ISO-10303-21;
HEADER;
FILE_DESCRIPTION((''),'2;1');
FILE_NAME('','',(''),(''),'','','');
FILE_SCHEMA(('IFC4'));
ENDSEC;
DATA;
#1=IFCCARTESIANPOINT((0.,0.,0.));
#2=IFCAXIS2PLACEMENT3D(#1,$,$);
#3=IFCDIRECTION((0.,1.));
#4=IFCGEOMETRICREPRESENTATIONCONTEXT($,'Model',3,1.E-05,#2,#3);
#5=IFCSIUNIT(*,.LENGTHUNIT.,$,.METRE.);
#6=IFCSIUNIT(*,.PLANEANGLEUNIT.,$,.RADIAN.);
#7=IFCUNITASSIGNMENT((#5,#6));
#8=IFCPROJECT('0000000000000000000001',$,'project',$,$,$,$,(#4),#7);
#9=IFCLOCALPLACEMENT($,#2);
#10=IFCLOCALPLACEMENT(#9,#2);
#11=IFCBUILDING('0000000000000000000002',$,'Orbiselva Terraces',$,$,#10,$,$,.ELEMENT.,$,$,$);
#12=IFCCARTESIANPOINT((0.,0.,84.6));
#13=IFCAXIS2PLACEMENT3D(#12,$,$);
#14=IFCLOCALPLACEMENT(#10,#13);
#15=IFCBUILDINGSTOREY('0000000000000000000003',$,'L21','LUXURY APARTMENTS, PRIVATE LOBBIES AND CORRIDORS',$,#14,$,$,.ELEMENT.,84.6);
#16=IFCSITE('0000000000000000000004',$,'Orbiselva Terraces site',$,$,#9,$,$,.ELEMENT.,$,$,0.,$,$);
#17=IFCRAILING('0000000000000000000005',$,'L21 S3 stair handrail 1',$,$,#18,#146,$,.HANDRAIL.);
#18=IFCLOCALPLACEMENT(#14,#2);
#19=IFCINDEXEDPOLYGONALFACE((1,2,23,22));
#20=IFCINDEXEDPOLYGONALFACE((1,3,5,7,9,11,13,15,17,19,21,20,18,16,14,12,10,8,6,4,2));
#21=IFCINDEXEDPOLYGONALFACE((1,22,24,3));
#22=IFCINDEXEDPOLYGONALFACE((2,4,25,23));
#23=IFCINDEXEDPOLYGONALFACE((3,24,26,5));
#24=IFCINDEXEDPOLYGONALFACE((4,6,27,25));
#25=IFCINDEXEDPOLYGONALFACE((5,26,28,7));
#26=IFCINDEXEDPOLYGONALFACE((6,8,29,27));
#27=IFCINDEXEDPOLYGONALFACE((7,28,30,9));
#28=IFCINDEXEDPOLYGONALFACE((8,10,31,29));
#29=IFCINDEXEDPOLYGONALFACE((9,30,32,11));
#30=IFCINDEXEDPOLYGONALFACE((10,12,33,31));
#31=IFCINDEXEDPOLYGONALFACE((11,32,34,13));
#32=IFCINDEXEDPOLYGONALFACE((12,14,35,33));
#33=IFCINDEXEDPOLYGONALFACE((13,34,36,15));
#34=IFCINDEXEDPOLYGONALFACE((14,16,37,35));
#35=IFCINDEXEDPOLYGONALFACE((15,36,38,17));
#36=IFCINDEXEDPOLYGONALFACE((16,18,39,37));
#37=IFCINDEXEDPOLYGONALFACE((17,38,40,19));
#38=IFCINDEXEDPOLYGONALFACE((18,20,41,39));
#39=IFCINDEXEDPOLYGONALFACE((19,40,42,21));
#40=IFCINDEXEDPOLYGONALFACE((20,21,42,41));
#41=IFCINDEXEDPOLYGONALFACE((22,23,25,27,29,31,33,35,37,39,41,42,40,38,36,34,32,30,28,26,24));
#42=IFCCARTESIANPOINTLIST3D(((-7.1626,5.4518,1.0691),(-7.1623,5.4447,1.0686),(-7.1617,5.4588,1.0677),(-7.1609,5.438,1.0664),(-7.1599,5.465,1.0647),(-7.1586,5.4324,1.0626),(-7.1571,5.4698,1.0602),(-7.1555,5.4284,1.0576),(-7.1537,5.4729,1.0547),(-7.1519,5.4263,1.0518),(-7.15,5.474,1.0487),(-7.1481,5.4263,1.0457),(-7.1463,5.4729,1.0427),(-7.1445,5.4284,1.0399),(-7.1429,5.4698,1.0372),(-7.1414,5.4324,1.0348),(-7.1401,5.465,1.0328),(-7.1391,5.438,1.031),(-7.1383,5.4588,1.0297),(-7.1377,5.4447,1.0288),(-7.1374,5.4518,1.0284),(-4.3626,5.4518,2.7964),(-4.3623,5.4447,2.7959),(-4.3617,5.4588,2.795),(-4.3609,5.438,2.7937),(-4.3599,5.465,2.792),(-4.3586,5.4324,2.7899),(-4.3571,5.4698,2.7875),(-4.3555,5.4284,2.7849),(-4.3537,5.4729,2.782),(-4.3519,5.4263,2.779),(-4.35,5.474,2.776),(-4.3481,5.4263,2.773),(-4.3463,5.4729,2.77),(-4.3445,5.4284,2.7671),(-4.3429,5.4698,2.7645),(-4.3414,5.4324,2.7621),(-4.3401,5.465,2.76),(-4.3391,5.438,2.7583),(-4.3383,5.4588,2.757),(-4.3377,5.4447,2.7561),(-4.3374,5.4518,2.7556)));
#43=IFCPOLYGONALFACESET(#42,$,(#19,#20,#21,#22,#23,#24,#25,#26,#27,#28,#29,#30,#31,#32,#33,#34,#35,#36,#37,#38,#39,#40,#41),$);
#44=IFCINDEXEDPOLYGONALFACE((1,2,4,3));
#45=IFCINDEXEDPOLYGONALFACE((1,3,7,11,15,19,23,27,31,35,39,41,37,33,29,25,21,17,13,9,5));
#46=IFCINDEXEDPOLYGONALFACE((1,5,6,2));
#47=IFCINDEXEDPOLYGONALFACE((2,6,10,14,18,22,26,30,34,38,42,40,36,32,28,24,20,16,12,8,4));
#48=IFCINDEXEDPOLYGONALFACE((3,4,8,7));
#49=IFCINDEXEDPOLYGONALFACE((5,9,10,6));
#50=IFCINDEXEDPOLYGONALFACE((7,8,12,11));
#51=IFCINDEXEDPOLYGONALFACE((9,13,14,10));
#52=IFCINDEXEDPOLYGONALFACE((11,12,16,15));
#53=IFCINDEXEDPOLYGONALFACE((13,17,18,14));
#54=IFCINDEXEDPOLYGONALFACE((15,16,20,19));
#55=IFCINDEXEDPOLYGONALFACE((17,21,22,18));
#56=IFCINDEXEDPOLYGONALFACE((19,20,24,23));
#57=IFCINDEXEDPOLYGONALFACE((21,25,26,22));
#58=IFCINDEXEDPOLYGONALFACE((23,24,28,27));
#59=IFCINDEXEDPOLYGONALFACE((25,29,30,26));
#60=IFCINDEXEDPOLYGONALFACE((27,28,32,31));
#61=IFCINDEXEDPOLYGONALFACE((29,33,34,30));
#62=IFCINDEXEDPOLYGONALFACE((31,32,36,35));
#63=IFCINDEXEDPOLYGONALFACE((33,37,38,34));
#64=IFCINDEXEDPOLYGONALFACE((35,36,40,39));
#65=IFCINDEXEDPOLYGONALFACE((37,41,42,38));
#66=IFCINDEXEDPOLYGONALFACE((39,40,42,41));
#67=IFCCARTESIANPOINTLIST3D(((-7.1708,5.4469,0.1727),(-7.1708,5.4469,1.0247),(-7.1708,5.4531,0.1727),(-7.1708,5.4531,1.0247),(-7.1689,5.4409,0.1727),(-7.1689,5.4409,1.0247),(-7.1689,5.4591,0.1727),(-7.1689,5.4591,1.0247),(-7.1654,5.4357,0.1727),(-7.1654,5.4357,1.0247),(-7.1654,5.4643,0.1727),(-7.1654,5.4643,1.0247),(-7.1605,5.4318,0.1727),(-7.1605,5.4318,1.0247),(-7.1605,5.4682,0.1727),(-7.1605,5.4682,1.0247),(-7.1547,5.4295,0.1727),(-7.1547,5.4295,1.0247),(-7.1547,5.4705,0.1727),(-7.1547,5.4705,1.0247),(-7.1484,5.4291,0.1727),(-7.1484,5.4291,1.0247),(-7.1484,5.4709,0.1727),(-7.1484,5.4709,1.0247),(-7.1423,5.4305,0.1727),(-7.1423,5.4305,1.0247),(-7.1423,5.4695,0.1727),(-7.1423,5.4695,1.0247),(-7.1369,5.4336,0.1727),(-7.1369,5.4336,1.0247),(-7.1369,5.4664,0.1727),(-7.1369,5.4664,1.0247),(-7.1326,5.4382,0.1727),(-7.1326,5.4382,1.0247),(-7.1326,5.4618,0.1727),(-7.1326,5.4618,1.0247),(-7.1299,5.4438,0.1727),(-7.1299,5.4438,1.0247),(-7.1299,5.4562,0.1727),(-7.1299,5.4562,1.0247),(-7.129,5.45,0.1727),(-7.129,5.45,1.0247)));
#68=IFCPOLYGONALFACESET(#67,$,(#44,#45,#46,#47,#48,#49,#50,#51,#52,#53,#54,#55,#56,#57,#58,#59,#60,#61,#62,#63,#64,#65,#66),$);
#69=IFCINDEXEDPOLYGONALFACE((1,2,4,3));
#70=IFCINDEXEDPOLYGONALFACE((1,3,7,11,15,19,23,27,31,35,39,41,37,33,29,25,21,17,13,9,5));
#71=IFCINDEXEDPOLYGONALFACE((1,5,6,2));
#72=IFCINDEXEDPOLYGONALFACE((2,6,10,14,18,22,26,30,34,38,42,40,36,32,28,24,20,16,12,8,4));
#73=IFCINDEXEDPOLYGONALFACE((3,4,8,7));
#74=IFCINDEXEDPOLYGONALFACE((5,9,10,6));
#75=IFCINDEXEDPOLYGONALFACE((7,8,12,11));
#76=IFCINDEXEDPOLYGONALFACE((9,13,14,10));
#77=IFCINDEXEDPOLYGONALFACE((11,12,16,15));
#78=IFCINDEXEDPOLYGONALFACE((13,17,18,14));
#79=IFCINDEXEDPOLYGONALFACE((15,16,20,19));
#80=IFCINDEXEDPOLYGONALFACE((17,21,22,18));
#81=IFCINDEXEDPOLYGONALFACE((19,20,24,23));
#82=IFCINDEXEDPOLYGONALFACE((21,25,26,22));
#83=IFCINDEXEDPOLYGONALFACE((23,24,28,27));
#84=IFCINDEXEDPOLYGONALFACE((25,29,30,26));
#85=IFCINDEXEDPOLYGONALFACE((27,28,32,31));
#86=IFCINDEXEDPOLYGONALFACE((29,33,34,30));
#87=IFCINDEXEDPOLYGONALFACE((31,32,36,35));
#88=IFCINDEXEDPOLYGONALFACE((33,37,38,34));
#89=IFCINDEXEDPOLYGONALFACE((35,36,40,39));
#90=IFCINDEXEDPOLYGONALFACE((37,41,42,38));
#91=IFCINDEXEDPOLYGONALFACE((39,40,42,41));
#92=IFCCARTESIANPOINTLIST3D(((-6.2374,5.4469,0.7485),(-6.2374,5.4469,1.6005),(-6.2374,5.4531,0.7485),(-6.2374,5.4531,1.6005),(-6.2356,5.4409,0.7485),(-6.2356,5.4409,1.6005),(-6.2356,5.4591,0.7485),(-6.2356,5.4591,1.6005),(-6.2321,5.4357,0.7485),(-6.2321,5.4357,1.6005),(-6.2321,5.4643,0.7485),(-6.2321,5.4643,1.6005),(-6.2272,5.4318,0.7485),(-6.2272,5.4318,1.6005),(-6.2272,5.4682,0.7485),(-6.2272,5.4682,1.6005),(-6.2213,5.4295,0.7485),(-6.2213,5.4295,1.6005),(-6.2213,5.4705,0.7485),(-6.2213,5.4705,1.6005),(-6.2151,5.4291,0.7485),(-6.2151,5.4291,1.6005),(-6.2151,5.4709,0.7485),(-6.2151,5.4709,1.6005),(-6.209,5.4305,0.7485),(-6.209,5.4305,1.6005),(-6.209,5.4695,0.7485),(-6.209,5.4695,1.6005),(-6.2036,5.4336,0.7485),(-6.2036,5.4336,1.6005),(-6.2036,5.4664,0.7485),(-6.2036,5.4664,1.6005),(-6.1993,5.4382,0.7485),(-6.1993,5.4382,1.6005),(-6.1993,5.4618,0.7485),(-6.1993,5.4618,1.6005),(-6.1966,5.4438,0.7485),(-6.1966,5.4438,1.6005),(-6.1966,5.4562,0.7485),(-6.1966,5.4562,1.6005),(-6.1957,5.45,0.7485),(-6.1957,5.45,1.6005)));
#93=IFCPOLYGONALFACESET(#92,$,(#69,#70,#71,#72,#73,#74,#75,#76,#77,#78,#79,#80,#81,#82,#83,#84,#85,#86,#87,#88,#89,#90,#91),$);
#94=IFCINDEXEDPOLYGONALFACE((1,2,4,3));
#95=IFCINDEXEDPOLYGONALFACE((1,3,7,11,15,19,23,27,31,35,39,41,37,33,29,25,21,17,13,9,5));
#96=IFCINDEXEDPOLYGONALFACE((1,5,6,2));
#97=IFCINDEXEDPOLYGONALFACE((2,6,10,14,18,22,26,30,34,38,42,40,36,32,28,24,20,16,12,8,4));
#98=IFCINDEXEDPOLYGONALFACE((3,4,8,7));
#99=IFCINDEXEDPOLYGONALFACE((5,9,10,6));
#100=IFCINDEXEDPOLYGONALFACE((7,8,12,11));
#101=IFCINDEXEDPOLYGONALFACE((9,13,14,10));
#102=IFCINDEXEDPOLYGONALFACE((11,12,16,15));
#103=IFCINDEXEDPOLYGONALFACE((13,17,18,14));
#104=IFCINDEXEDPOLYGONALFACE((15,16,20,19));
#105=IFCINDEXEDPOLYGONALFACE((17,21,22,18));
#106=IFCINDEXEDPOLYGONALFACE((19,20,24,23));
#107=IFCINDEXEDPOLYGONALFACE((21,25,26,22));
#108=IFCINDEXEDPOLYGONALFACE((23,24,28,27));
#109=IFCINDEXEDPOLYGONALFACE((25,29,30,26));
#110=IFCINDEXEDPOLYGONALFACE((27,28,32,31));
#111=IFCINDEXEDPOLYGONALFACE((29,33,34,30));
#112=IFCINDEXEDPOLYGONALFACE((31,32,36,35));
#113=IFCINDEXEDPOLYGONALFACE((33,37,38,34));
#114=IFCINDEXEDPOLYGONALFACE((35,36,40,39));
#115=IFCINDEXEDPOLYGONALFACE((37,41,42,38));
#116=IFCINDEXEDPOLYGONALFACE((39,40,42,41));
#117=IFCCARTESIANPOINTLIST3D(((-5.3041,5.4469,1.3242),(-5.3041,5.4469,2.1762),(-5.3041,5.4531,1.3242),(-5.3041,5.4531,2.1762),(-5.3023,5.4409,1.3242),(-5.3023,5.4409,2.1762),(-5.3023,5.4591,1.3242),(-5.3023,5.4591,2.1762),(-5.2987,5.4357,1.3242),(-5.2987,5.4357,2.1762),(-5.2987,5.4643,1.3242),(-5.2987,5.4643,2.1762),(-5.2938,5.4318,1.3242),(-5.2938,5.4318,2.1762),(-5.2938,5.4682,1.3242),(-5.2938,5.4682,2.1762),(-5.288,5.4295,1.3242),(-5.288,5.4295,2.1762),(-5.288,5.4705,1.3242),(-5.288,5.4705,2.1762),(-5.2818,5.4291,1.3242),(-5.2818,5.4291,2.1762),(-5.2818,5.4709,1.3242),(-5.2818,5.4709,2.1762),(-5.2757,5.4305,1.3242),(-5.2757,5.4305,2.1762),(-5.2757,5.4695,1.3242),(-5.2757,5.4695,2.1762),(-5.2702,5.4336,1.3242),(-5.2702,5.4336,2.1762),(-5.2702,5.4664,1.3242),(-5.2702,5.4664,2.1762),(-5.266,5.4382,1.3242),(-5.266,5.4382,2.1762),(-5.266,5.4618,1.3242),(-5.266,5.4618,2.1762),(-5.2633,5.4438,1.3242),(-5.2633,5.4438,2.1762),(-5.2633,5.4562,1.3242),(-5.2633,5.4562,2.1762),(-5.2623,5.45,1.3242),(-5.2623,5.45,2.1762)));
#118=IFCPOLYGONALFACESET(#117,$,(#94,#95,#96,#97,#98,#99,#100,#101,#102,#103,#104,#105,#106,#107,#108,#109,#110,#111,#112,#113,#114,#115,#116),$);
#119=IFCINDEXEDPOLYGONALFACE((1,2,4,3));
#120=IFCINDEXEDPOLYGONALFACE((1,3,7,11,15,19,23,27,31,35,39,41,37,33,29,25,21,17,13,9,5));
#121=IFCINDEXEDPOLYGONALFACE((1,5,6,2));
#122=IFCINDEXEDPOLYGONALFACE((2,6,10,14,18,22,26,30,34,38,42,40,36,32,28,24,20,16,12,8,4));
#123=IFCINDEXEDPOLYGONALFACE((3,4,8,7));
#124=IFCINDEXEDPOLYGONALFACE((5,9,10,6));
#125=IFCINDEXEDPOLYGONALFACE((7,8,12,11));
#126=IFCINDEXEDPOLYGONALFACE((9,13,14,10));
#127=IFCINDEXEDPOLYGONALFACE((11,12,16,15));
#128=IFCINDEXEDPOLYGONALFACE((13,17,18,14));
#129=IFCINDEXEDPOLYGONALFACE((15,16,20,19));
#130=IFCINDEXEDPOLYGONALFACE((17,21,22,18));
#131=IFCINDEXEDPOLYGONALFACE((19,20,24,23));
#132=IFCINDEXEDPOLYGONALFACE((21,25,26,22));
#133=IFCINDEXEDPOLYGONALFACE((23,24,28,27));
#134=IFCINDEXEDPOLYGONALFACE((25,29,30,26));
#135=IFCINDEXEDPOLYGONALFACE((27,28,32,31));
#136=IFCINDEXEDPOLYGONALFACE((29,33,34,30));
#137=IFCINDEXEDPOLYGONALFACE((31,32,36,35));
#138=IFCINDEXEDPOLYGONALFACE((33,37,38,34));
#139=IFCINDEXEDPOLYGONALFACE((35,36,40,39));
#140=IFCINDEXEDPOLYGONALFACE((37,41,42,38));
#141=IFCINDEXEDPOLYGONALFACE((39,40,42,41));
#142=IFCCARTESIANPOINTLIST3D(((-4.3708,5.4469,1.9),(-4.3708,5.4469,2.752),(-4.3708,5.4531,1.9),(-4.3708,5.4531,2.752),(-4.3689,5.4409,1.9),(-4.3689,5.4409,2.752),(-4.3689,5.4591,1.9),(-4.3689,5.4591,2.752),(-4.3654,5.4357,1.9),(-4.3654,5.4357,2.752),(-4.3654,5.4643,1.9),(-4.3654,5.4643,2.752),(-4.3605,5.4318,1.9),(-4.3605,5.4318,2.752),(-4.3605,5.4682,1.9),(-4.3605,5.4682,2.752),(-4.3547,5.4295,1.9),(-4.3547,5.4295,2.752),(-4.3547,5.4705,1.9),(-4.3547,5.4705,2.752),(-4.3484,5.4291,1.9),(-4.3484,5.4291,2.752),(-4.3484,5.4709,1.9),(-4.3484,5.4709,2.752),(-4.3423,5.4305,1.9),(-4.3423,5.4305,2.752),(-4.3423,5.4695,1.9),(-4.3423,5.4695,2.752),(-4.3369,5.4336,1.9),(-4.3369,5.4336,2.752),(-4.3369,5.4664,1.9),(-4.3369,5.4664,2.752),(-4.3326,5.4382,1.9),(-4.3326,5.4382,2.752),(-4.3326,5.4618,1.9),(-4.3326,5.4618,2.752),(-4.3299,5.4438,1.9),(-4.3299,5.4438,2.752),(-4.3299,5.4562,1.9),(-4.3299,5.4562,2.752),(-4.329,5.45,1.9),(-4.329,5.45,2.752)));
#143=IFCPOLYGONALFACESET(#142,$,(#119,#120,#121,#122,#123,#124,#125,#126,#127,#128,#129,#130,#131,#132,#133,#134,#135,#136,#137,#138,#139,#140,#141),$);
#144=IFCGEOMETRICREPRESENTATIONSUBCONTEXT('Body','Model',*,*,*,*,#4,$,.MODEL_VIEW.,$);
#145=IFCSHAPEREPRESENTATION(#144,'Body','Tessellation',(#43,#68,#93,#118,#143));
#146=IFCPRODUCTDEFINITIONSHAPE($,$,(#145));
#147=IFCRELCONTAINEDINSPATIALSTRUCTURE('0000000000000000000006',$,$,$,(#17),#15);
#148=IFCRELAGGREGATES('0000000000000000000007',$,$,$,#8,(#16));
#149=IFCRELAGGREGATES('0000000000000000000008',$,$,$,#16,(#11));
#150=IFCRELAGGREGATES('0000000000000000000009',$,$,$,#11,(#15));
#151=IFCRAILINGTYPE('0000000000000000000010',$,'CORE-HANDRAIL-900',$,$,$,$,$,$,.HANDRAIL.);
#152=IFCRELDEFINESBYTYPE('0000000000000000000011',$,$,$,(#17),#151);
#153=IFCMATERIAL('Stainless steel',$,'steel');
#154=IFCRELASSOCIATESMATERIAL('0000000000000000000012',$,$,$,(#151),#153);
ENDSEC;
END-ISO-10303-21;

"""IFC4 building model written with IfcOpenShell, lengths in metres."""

from ifc_helpers import new_model, si_unit, direction, frame, origin, origin_2d, place, context, subcontext, project, spatial, circle, extrude, material, type_object, element, save


model = new_model("IFC4")

# Units and contexts
model_context = context("Model", 3, precision=1e-05, world=origin(), true_north=direction((0.0, 1.0)))
body_context = subcontext(model_context, "Body", "Model", "MODEL_VIEW")
ifc_project = project(units=[si_unit("LENGTHUNIT", "METRE"), si_unit("PLANEANGLEUNIT", "RADIAN")], contexts=[model_context])

# Site, building, storey
site_placement = place(None, origin())
site = spatial("IfcSite", under=ifc_project, at=site_placement, Name="Orbiselva Terraces site", CompositionType="ELEMENT", RefElevation=0.0)
building_placement = place(site_placement, origin())
building = spatial("IfcBuilding", under=site, at=building_placement, Name="Orbiselva Terraces", CompositionType="ELEMENT")
storey_placement = place(building_placement, frame((0.0, 0.0, 84.6)))
storey = spatial("IfcBuildingStorey", under=building, at=storey_placement, Name="L21", Description="LUXURY APARTMENTS, PRIVATE LOBBIES AND CORRIDORS", CompositionType="ELEMENT", Elevation=84.6)

# Railing
ifc_material_1 = material(Name="Stainless steel", Category="steel")
railing_type_1 = type_object("IfcRailingType", Name="CORE-HANDRAIL-900", PredefinedType="HANDRAIL", material=ifc_material_1)
railing_1_placement = place(storey_placement, frame((-7.15, 5.45, 0.1727)))
element("IfcRailing", 1, at=railing_1_placement, inside=storey, type_object=railing_type_1, Name="L21 S3 stair handrail 1", PredefinedType="HANDRAIL", context=body_context, shape_type="SweptSolid", body=[
    extrude(circle(Radius=0.024, at=origin_2d()), frame((0.0, 0.0, 0.876), z_axis=(0.851089, 0.0, 0.525022), x_axis=(0.0, 1.0, 0.0)), (0.0, 0.0, 1.0), 3.2899),
    extrude(circle(Radius=0.021, at=origin_2d()), origin(), (0.0, 0.0, 1.0), 0.852),
    extrude(circle(Radius=0.021, at=origin_2d()), frame((0.9333, 0.0, 0.5758)), (0.0, 0.0, 1.0), 0.852),
    extrude(circle(Radius=0.021, at=origin_2d()), frame((1.8667, 0.0, 1.1515)), (0.0, 0.0, 1.0), 0.852),
    extrude(circle(Radius=0.021, at=origin_2d()), frame((2.8, 0.0, 1.7273)), (0.0, 0.0, 1.0), 0.852),
])

save(model, "model.ifc")
